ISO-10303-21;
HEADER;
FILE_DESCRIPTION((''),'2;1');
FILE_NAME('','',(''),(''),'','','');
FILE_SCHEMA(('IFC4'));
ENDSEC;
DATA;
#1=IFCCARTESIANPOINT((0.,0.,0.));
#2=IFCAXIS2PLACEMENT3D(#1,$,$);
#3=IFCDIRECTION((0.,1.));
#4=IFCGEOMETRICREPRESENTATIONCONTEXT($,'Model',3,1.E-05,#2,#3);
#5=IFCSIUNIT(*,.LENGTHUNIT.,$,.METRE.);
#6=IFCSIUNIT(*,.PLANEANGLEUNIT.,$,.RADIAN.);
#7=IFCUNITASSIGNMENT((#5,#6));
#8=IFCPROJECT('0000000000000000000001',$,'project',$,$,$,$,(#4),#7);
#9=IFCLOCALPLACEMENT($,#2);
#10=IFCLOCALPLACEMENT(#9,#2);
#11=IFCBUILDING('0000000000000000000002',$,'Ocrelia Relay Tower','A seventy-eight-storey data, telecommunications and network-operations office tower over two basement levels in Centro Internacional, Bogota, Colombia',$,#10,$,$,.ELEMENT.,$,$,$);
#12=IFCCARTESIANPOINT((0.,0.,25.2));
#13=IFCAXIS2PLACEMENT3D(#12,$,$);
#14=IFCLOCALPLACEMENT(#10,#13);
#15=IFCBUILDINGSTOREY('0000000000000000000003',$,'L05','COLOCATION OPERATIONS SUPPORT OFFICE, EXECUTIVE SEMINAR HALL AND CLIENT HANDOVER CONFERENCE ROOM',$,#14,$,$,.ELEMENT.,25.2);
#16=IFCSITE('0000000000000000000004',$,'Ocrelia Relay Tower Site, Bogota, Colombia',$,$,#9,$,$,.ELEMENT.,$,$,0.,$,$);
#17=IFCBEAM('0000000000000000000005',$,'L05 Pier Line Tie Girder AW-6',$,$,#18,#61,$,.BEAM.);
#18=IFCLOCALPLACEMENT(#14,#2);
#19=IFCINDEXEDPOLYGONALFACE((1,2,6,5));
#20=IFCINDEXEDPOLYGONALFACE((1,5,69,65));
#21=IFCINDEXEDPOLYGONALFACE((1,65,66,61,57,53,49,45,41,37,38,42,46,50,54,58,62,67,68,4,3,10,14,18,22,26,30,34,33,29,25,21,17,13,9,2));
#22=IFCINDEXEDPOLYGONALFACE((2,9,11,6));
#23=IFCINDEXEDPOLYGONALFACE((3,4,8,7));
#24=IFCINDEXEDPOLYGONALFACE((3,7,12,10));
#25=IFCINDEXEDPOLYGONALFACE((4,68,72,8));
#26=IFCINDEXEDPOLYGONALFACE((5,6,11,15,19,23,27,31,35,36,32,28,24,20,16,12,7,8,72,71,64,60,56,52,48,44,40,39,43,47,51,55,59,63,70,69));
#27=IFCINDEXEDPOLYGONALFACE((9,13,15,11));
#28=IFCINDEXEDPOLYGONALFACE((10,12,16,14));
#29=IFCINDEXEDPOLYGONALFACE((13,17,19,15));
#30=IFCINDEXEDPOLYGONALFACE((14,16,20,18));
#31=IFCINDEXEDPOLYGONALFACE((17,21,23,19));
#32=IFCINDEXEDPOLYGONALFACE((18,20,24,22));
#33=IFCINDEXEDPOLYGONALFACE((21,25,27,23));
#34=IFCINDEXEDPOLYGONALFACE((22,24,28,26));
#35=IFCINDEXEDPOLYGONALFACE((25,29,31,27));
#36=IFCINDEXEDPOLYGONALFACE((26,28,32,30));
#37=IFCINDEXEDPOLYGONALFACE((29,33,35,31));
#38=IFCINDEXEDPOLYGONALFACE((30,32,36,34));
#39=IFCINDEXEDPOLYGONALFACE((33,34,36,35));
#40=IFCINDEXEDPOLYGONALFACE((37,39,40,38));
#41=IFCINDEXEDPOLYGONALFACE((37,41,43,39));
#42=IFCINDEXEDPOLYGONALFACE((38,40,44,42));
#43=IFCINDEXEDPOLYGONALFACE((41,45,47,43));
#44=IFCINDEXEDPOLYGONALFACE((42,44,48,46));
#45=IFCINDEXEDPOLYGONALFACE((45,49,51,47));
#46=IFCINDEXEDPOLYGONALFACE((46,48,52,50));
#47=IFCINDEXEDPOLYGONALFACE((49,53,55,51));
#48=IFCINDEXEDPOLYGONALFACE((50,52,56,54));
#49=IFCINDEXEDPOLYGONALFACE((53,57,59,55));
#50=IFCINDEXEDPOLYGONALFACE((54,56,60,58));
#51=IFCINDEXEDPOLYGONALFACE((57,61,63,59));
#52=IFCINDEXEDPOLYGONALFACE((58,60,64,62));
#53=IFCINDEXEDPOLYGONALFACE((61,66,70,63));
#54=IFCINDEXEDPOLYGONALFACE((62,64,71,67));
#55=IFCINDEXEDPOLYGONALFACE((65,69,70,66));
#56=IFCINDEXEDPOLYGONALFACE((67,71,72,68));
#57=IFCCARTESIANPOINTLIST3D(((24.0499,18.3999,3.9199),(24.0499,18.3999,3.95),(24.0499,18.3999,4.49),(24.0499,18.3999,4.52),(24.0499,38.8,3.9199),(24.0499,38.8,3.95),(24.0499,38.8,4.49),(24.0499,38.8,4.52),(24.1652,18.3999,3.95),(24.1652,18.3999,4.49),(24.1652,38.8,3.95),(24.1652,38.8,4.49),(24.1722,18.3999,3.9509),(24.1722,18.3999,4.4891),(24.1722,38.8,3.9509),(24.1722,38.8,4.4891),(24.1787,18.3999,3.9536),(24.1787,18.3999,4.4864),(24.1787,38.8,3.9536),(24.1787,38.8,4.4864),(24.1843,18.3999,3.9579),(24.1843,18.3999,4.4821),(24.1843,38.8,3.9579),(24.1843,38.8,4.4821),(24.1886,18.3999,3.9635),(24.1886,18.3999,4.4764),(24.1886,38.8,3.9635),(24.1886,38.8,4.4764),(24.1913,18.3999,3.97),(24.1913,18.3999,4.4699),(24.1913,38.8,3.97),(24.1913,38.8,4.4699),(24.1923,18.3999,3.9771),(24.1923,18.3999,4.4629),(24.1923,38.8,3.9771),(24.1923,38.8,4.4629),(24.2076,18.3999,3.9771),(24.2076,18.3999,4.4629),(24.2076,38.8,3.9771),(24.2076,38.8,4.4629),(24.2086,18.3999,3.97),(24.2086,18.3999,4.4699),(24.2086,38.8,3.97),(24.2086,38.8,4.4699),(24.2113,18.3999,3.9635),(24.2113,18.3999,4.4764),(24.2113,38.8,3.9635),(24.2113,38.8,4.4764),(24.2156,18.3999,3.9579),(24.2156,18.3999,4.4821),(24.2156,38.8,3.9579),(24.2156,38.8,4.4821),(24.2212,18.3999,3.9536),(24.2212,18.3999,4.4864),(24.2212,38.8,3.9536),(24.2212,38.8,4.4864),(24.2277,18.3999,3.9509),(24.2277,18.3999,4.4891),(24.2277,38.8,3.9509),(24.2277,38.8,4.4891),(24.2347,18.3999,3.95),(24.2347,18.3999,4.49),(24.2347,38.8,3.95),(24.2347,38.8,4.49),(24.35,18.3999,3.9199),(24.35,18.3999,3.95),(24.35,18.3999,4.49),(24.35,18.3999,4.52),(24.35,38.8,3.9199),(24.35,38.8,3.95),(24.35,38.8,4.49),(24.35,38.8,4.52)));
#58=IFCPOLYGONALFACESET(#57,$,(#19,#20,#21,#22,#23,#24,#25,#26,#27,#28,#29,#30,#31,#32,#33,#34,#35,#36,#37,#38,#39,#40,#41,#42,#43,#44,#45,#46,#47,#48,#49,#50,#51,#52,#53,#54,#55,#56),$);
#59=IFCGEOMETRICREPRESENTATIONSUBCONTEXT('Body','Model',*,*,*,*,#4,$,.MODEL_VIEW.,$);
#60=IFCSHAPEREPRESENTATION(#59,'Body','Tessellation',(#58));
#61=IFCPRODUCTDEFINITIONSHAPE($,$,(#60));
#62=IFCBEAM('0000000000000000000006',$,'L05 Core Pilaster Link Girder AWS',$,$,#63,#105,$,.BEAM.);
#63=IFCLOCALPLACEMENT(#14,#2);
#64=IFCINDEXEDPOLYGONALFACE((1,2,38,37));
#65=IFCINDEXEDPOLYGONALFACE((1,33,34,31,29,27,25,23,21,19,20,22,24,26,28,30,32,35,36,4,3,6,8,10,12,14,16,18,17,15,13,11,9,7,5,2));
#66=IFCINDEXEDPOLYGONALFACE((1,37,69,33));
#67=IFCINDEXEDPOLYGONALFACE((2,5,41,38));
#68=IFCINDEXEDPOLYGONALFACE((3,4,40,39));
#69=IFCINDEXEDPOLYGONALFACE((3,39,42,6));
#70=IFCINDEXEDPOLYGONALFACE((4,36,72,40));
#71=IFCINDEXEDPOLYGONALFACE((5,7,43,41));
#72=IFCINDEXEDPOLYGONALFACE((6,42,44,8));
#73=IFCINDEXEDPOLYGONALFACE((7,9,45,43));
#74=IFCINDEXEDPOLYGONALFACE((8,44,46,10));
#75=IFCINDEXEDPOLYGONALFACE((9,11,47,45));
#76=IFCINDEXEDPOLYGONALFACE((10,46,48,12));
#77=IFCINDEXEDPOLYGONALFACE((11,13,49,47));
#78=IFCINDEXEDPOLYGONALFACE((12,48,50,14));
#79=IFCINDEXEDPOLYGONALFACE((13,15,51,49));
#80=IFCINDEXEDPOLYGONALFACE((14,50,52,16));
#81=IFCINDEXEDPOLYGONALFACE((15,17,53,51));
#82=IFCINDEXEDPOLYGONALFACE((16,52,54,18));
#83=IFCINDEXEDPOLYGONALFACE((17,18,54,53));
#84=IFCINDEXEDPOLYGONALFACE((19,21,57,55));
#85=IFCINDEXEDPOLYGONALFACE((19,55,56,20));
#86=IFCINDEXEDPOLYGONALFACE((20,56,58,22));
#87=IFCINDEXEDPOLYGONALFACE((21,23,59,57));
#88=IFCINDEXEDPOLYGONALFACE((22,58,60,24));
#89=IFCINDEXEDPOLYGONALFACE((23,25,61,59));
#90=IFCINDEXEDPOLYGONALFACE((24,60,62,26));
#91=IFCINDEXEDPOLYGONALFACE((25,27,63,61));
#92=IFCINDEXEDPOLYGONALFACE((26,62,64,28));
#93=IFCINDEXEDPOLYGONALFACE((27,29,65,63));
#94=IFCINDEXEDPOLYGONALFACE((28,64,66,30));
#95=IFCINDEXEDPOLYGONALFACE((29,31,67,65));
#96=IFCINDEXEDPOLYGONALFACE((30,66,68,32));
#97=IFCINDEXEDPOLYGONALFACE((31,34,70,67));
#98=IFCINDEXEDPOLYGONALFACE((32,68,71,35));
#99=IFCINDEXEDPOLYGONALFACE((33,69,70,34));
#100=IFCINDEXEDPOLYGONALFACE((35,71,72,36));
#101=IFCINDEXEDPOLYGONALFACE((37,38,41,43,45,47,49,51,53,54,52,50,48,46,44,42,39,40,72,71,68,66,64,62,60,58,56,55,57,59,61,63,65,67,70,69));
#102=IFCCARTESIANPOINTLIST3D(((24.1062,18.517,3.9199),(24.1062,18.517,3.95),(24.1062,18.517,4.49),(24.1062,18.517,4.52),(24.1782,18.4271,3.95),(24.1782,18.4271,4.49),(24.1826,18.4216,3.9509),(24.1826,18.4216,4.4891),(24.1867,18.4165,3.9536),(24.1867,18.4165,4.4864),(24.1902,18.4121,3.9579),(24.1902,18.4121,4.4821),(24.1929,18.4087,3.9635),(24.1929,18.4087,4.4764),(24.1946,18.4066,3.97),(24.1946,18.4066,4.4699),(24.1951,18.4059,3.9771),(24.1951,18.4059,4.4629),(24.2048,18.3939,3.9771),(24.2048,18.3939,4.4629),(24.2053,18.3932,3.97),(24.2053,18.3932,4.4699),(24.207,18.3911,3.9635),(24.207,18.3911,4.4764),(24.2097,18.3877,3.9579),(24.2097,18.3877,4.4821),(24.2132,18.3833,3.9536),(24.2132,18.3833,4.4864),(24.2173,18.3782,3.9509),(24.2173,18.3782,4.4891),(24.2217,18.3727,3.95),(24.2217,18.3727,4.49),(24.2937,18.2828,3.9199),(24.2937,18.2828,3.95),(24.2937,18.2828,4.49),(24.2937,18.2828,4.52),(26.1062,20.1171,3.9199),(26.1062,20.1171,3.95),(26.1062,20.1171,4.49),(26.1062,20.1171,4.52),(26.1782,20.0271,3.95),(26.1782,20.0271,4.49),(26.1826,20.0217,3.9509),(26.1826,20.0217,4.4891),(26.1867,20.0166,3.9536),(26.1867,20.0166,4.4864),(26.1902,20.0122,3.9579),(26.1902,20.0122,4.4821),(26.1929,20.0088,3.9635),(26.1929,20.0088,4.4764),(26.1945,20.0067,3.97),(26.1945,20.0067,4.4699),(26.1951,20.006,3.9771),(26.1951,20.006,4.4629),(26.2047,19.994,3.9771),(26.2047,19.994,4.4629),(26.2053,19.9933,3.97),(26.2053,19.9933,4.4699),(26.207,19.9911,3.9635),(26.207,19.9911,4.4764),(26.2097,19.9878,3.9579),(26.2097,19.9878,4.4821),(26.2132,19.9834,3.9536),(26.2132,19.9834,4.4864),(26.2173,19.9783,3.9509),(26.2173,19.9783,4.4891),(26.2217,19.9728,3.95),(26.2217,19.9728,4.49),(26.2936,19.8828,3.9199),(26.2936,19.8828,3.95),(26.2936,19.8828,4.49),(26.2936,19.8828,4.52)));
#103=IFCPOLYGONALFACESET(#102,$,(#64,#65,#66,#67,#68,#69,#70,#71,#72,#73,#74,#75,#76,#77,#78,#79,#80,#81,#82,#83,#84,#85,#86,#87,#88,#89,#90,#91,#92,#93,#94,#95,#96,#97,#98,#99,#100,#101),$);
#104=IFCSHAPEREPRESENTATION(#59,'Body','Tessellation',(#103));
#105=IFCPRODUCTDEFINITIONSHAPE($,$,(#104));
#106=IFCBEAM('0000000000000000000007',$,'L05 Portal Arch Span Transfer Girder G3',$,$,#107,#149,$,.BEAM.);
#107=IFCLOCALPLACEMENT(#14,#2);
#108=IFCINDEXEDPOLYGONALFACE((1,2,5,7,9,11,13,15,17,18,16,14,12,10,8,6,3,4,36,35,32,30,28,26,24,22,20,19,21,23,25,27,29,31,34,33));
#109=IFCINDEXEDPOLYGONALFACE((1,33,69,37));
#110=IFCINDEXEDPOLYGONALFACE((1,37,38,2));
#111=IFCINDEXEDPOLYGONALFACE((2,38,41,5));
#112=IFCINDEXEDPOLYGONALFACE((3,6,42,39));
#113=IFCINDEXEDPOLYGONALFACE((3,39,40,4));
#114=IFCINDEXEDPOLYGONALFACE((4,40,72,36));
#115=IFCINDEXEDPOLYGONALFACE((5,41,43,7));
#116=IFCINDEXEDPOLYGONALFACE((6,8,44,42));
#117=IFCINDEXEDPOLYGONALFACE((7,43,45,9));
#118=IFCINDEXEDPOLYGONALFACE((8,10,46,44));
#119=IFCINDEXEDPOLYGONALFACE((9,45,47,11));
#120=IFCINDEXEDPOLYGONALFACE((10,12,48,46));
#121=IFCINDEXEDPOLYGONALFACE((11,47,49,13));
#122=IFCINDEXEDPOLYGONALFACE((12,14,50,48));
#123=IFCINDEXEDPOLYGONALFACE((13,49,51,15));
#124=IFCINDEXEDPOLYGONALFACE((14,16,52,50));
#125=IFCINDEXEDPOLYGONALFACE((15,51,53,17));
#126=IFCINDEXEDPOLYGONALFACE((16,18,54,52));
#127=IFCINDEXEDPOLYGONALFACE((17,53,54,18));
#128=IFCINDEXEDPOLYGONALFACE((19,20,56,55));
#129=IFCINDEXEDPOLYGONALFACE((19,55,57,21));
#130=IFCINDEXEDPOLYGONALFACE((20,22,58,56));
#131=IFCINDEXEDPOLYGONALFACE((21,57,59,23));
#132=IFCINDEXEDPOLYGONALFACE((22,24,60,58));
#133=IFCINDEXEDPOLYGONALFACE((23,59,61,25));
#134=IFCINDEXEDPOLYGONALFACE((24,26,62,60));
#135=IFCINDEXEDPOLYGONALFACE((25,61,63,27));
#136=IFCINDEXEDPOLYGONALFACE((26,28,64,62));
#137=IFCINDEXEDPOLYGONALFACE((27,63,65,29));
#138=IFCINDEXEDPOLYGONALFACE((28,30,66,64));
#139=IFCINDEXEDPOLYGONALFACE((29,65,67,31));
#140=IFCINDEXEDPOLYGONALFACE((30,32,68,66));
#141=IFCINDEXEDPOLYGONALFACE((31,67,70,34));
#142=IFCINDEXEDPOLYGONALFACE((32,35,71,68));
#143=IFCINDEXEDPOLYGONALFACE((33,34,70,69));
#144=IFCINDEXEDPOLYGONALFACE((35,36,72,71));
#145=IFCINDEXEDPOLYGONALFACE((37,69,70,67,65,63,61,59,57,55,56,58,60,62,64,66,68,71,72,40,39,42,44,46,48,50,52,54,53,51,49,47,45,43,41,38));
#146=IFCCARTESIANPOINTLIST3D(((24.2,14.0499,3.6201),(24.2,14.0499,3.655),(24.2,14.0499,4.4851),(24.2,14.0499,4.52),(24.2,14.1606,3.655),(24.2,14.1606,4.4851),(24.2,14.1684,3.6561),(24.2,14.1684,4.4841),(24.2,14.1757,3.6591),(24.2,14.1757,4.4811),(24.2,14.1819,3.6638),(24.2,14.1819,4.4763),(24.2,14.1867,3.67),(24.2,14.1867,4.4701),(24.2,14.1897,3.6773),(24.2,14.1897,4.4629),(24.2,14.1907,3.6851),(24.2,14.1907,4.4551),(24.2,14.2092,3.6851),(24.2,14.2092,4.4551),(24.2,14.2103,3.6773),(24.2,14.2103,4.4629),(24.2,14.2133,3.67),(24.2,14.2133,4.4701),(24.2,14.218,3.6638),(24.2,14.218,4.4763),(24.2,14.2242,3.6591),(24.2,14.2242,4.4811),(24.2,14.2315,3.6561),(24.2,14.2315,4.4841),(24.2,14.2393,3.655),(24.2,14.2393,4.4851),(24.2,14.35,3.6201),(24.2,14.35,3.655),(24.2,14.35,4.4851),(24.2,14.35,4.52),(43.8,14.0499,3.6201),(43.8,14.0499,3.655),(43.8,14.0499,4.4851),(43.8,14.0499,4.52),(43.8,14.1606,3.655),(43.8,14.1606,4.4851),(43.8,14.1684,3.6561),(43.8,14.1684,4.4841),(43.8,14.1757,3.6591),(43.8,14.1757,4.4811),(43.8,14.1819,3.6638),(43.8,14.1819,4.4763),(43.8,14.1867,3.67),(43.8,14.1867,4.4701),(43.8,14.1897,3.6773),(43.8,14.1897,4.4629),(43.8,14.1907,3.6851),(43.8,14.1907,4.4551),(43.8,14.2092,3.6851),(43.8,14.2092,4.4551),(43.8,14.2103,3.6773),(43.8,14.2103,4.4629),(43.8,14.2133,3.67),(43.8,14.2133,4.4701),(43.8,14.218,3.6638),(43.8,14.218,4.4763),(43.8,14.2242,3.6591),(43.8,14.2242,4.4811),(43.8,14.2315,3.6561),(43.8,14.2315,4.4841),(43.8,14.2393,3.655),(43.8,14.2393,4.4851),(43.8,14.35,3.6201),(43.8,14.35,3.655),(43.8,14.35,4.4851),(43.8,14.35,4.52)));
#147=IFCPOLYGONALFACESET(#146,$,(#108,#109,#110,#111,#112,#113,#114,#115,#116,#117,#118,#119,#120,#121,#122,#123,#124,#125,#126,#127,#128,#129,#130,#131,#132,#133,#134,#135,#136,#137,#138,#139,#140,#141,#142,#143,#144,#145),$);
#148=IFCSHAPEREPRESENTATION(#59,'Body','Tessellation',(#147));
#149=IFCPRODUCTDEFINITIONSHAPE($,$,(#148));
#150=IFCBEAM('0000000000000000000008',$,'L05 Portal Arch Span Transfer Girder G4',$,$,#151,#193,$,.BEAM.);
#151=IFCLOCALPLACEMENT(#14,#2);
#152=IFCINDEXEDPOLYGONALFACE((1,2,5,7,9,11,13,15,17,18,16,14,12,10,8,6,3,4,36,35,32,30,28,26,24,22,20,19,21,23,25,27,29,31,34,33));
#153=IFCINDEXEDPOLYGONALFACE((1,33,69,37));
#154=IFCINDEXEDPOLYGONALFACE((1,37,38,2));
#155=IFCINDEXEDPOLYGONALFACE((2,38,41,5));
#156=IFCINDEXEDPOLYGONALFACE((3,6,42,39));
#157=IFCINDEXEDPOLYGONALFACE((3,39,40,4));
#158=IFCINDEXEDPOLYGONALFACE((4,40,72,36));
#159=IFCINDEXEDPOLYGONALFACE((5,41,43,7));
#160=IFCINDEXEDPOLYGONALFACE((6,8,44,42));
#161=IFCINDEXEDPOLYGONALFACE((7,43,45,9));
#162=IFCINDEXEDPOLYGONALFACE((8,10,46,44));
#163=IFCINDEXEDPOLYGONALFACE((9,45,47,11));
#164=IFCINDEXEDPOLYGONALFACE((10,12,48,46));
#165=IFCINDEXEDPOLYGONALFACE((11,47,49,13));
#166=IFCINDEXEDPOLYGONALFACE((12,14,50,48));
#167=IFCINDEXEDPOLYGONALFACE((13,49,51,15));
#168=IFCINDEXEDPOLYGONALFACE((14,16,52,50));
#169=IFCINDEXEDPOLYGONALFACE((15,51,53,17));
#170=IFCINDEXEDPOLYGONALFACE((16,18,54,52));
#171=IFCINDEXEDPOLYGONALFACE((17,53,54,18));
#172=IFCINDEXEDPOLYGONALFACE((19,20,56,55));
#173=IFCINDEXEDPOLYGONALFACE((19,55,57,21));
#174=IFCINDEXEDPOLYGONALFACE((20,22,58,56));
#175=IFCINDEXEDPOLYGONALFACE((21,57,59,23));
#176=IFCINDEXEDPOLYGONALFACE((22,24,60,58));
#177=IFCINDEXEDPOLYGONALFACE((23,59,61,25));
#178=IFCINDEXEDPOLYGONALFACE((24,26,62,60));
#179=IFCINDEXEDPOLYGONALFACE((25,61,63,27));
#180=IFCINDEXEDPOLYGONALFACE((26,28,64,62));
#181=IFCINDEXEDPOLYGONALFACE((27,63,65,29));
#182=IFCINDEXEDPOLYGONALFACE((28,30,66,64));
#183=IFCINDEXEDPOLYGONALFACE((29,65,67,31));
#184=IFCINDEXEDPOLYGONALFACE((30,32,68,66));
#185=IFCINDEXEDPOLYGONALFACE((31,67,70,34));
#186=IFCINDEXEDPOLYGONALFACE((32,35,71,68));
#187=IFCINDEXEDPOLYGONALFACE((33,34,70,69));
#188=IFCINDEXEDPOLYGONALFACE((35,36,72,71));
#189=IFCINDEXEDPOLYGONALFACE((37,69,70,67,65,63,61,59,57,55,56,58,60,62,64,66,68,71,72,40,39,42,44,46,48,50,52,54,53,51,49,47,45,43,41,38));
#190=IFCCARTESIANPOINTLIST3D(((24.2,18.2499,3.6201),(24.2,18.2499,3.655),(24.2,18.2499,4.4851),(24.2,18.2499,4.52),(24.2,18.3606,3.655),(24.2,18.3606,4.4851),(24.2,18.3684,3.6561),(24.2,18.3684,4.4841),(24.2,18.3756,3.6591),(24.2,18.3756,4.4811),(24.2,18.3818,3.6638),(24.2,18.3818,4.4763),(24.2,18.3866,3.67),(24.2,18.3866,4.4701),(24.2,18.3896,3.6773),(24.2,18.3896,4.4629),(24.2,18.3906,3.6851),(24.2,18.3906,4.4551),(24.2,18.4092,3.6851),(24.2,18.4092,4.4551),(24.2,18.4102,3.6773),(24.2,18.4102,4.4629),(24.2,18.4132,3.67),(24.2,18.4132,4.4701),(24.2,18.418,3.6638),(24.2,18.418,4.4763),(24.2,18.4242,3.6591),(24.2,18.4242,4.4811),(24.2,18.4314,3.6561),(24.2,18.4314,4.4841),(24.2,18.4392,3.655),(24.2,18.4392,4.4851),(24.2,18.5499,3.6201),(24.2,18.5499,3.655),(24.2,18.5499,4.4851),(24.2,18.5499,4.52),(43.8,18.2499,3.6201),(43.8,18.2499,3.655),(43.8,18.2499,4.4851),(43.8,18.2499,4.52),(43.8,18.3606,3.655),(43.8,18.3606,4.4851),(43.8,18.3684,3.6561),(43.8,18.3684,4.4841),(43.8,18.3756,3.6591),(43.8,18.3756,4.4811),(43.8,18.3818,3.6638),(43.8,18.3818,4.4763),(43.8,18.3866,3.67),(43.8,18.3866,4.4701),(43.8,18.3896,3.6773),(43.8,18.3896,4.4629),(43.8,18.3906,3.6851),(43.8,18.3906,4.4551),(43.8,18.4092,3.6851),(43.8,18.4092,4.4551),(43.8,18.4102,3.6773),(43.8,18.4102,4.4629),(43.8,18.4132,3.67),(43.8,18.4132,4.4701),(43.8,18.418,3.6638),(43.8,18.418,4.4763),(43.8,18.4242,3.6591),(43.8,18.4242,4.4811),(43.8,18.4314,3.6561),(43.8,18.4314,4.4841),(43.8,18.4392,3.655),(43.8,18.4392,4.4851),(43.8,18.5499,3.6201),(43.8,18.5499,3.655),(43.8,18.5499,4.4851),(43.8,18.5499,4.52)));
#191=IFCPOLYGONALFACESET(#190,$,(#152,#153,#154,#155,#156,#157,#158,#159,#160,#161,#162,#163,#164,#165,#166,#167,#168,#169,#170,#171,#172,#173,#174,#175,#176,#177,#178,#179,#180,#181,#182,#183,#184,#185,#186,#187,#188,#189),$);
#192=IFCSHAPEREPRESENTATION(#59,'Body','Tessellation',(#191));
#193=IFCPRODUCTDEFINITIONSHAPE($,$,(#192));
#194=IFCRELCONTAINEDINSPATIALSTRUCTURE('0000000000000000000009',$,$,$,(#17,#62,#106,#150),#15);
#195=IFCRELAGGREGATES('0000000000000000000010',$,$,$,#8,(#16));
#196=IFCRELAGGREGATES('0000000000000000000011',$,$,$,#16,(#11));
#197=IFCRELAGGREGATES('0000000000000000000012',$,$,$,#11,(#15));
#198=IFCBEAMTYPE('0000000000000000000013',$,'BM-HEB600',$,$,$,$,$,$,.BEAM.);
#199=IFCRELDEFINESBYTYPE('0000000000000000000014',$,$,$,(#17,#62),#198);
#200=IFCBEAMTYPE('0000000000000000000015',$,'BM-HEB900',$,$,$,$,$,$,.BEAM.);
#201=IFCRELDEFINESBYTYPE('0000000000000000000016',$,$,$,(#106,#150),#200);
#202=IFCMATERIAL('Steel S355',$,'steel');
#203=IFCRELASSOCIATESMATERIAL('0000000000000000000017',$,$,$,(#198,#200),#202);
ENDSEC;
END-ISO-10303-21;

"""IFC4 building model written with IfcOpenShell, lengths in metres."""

from ifc_helpers import new_model, si_unit, direction, frame, origin, origin_2d, place, context, subcontext, project, spatial, i_section, extrude, material, material_profile, profile_set, type_object, element, save


model = new_model("IFC4")

# Units and contexts
model_context = context("Model", 3, precision=1e-05, world=origin(), true_north=direction((0.0, 1.0)))
body_context = subcontext(model_context, "Body", "Model", "MODEL_VIEW")
ifc_project = project(units=[si_unit("LENGTHUNIT", "METRE"), si_unit("PLANEANGLEUNIT", "RADIAN")], contexts=[model_context])

# Site, building, storey
site_placement = place(None, origin())
site = spatial("IfcSite", under=ifc_project, at=site_placement, Name="Ocrelia Relay Tower Site, Bogota, Colombia", CompositionType="ELEMENT", RefElevation=0.0)
building_placement = place(site_placement, origin())
building = spatial("IfcBuilding", under=site, at=building_placement, Name="Ocrelia Relay Tower", Description="A seventy-eight-storey data, telecommunications and network-operations office tower over two basement levels in Centro Internacional, Bogota, Colombia", CompositionType="ELEMENT")
storey_placement = place(building_placement, frame((0.0, 0.0, 25.2)))
storey = spatial("IfcBuildingStorey", under=building, at=storey_placement, Name="L05", Description="COLOCATION OPERATIONS SUPPORT OFFICE, EXECUTIVE SEMINAR HALL AND CLIENT HANDOVER CONFERENCE ROOM", CompositionType="ELEMENT", Elevation=25.2)

# Beams
ifc_material_1 = material(Name="Steel S355", Category="steel")
ifc_material_profile_1 = material_profile(ifc_material_1, i_section(OverallWidth=0.3, OverallDepth=0.6001, WebThickness=0.0154, FlangeThickness=0.03, FilletRadius=0.0271, at=origin_2d()), Name="HEB 600")
ifc_profile_set_1 = profile_set([ifc_material_profile_1], Name="Steel S355")
beam_type_1 = type_object("IfcBeamType", Name="BM-HEB600", PredefinedType="BEAM", material=ifc_profile_set_1)
beam_1_placement = place(storey_placement, frame((24.2, 18.3999, 4.22), z_axis=(0.0, 1.0, 0.0), x_axis=(-1.0, 0.0, 0.0)))
element("IfcBeam", 1, at=beam_1_placement, inside=storey, type_object=beam_type_1, Name="L05 Pier Line Tie Girder AW-6", PredefinedType="BEAM", context=body_context, shape_type="SweptSolid", body=[
    extrude(i_section(OverallWidth=0.3, OverallDepth=0.6001, WebThickness=0.0154, FlangeThickness=0.03, FilletRadius=0.0271, at=origin_2d()), origin(), (0.0, 0.0, 1.0), 20.4001),
])
beam_2_placement = place(storey_placement, frame((24.2, 18.3999, 4.22), z_axis=(0.78085, 0.624718, 0.0), x_axis=(-0.624718, 0.78085, 0.0)))
element("IfcBeam", 2, at=beam_2_placement, inside=storey, type_object=beam_type_1, Name="L05 Core Pilaster Link Girder AWS", PredefinedType="BEAM", context=body_context, shape_type="SweptSolid", body=[
    extrude(i_section(OverallWidth=0.3, OverallDepth=0.6001, WebThickness=0.0154, FlangeThickness=0.03, FilletRadius=0.0271, at=origin_2d()), origin(), (0.0, 0.0, 1.0), 2.5613),
])
ifc_material_profile_2 = material_profile(ifc_material_1, i_section(OverallWidth=0.3, OverallDepth=0.8999, WebThickness=0.0186, FlangeThickness=0.0349, FilletRadius=0.03, at=origin_2d()), Name="HEB 900")
ifc_profile_set_2 = profile_set([ifc_material_profile_2], Name="Steel S355")
beam_type_2 = type_object("IfcBeamType", Name="BM-HEB900", PredefinedType="BEAM", material=ifc_profile_set_2)
for number, where, z_axis, x_axis, name in (
    (3, (24.2, 14.2, 4.0701), (1.0, 0.0, 0.0), (0.0, 1.0, 0.0), "L05 Portal Arch Span Transfer Girder G3"),
    (4, (24.2, 18.3999, 4.0701), (1.0, 0.0, 0.0), (0.0, 1.0, 0.0), "L05 Portal Arch Span Transfer Girder G4"),
):
    element("IfcBeam", number, at=place(storey_placement, frame(where, z_axis=z_axis, x_axis=x_axis)), inside=storey, type_object=beam_type_2, Name=name, PredefinedType="BEAM", context=body_context, shape_type="SweptSolid", body=[
        extrude(i_section(OverallWidth=0.3, OverallDepth=0.8999, WebThickness=0.0186, FlangeThickness=0.0349, FilletRadius=0.03, at=origin_2d()), origin(), (0.0, 0.0, 1.0), 19.6001),
    ])

save(model, "model.ifc")
